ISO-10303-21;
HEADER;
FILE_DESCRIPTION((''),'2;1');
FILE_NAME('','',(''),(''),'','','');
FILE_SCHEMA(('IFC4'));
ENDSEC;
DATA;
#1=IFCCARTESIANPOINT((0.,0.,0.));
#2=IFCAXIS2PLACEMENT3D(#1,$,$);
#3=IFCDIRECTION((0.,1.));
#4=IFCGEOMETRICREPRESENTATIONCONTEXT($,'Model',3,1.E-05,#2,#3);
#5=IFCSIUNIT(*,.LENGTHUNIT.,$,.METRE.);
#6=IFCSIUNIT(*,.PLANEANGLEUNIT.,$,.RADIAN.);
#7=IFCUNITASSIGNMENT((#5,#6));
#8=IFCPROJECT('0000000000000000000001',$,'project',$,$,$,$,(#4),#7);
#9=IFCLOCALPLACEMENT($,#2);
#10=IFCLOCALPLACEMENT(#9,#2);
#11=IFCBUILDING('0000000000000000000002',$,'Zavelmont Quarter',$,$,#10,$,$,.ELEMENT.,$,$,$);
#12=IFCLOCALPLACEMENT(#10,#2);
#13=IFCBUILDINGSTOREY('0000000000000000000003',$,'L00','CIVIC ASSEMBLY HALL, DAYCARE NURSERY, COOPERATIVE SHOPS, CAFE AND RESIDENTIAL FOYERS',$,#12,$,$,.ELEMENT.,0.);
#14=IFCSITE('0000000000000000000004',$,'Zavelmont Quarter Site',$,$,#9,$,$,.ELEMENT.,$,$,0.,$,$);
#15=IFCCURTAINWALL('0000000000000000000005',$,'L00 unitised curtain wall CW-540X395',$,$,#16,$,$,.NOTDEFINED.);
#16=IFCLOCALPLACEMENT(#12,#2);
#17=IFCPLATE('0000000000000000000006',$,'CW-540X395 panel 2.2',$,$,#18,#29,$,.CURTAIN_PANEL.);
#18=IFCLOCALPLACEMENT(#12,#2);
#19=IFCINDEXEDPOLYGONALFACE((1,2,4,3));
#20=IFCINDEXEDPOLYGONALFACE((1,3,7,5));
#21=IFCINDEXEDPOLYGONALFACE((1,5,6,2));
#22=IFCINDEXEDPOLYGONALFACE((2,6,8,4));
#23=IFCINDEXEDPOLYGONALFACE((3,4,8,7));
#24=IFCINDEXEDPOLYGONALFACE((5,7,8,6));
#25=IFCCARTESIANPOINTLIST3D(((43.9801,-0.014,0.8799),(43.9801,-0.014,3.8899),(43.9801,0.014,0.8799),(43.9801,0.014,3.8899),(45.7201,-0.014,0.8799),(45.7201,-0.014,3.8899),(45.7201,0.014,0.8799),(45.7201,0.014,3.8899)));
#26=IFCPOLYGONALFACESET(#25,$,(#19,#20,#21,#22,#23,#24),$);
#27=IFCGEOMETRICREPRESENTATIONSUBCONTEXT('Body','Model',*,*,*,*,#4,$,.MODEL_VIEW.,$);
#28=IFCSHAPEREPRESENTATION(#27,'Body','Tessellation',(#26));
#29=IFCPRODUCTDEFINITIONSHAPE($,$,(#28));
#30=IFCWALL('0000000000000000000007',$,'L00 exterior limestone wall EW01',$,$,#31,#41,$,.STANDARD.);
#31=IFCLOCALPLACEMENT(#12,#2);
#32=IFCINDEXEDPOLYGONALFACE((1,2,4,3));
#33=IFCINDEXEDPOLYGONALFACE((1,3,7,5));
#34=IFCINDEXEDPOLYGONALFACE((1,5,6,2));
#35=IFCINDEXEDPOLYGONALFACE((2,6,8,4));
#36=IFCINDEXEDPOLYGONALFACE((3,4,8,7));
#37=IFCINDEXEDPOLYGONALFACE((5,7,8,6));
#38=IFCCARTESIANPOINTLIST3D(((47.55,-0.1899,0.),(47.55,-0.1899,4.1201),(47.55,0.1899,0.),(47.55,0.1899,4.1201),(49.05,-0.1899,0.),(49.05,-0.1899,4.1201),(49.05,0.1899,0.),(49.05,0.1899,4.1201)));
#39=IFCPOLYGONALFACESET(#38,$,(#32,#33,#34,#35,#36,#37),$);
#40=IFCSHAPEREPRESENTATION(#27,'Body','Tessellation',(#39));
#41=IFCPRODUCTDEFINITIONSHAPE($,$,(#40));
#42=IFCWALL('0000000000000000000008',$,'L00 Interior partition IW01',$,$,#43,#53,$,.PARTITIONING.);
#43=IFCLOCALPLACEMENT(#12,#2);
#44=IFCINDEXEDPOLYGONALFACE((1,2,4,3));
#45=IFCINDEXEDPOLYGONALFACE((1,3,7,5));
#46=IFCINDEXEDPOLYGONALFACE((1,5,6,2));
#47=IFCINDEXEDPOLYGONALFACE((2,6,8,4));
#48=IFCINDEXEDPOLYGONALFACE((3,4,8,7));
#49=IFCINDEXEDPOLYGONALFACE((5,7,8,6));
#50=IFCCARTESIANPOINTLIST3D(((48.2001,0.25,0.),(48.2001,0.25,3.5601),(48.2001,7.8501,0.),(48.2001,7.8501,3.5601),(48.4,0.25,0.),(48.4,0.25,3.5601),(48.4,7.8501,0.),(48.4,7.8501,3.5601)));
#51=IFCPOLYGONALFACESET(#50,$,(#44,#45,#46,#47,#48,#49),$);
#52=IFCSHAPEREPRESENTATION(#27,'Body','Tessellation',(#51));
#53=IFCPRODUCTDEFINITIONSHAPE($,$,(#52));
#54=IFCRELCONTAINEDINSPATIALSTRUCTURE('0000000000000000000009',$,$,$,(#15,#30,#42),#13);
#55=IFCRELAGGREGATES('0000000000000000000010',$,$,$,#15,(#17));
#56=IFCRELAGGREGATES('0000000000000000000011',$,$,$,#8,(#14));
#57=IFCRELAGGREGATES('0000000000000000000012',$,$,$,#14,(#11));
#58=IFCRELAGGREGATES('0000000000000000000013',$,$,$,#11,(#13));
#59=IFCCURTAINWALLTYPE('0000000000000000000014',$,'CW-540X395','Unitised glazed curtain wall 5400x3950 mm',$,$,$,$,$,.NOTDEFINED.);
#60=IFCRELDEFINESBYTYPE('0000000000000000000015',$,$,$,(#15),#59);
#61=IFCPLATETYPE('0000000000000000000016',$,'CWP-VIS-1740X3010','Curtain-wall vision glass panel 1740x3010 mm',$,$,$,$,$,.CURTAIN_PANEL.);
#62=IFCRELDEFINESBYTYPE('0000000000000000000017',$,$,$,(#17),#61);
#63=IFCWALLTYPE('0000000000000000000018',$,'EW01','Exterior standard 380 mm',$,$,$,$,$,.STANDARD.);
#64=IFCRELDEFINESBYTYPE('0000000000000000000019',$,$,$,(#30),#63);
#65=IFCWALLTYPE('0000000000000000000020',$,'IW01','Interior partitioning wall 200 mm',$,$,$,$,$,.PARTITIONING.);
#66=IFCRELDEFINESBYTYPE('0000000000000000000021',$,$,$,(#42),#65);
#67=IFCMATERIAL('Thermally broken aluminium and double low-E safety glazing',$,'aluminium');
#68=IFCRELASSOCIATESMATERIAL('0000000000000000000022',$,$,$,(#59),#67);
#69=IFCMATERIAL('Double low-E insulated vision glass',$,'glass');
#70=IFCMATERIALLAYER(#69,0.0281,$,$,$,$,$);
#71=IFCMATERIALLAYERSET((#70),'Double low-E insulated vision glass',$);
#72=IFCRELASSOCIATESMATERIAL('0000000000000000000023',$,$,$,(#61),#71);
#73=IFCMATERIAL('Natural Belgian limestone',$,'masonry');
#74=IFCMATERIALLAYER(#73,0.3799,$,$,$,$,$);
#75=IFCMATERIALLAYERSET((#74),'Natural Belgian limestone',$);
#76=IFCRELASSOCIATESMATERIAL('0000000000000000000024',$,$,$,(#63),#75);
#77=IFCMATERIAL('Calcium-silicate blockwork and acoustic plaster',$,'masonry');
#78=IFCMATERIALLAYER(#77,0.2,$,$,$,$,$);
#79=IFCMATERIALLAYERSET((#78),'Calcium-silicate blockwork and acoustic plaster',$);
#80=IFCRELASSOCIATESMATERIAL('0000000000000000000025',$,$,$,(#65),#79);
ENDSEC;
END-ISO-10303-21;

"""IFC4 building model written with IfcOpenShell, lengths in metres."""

from ifc_helpers import new_model, si_unit, direction, frame, frame_2d, origin, origin_2d, place, context, subcontext, project, spatial, rectangle, extrude, material, layer, layer_set, type_object, element, aggregate, save


model = new_model("IFC4")

# Units and contexts
model_context = context("Model", 3, precision=1e-05, world=origin(), true_north=direction((0.0, 1.0)))
body_context = subcontext(model_context, "Body", "Model", "MODEL_VIEW")
ifc_project = project(units=[si_unit("LENGTHUNIT", "METRE"), si_unit("PLANEANGLEUNIT", "RADIAN")], contexts=[model_context])

# Site, building, storey
site_placement = place(None, origin())
site = spatial("IfcSite", under=ifc_project, at=site_placement, Name="Zavelmont Quarter Site", CompositionType="ELEMENT", RefElevation=0.0)
building_placement = place(site_placement, origin())
building = spatial("IfcBuilding", under=site, at=building_placement, Name="Zavelmont Quarter", CompositionType="ELEMENT")
storey_placement = place(building_placement, origin())
storey = spatial("IfcBuildingStorey", under=building, at=storey_placement, Name="L00", Description="CIVIC ASSEMBLY HALL, DAYCARE NURSERY, COOPERATIVE SHOPS, CAFE AND RESIDENTIAL FOYERS", CompositionType="ELEMENT", Elevation=0.0)

# Curtain wall
ifc_material_1 = material(Name="Thermally broken aluminium and double low-E safety glazing", Category="aluminium")
curtain_wall_type = type_object("IfcCurtainWallType", Name="CW-540X395", Description="Unitised glazed curtain wall 5400x3950 mm", PredefinedType="NOTDEFINED", material=ifc_material_1)
curtain_wall_placement = place(storey_placement, origin())
curtain_wall = element("IfcCurtainWall", 1, at=curtain_wall_placement, inside=storey, type_object=curtain_wall_type, Name="L00 unitised curtain wall CW-540X395", PredefinedType="NOTDEFINED")

# Plate
ifc_material_2 = material(Name="Double low-E insulated vision glass", Category="glass")
ifc_layer_1 = layer(ifc_material_2, 0.0281)
ifc_layer_set_1 = layer_set([ifc_layer_1], Name="Double low-E insulated vision glass")
plate_type_1 = type_object("IfcPlateType", Name="CWP-VIS-1740X3010", Description="Curtain-wall vision glass panel 1740x3010 mm", PredefinedType="CURTAIN_PANEL", material=ifc_layer_set_1)
plate_1_placement = place(storey_placement, frame((44.8501, 0.0, 0.8799), z_axis=(0.0, 0.0, 1.0), x_axis=(1.0, 0.0, 0.0)))
plate_1 = element("IfcPlate", 2, at=plate_1_placement, type_object=plate_type_1, Name="CW-540X395 panel 2.2", PredefinedType="CURTAIN_PANEL", context=body_context, shape_type="SweptSolid", body=[
    extrude(rectangle(XDim=1.74, YDim=0.0281, at=origin_2d()), origin(), (0.0, 0.0, 1.0), 3.01),
])
aggregate(curtain_wall, [plate_1])

# Walls
ifc_material_3 = material(Name="Natural Belgian limestone", Category="masonry")
ifc_layer_2 = layer(ifc_material_3, 0.3799)
ifc_layer_set_2 = layer_set([ifc_layer_2], Name="Natural Belgian limestone")
wall_type_1 = type_object("IfcWallType", Name="EW01", Description="Exterior standard 380 mm", PredefinedType="STANDARD", material=ifc_layer_set_2)
wall_1_placement = place(storey_placement, frame((47.55, 0.0, 0.0), z_axis=(0.0, 0.0, 1.0), x_axis=(1.0, 0.0, 0.0)))
element("IfcWall", 3, at=wall_1_placement, inside=storey, type_object=wall_type_1, Name="L00 exterior limestone wall EW01", PredefinedType="STANDARD", context=body_context, shape_type="SweptSolid", body=[
    extrude(rectangle(XDim=1.5, YDim=0.3799, at=frame_2d((0.75, 0.0))), origin(), (0.0, 0.0, 1.0), 4.1201),
])
ifc_material_4 = material(Name="Calcium-silicate blockwork and acoustic plaster", Category="masonry")
ifc_layer_3 = layer(ifc_material_4, 0.2)
ifc_layer_set_3 = layer_set([ifc_layer_3], Name="Calcium-silicate blockwork and acoustic plaster")
wall_type_2 = type_object("IfcWallType", Name="IW01", Description="Interior partitioning wall 200 mm", PredefinedType="PARTITIONING", material=ifc_layer_set_3)
wall_2_placement = place(storey_placement, frame((48.3, 0.25, 0.0), z_axis=(0.0, 0.0, 1.0), x_axis=(0.0, 1.0, 0.0)))
element("IfcWall", 4, at=wall_2_placement, inside=storey, type_object=wall_type_2, Name="L00 Interior partition IW01", PredefinedType="PARTITIONING", context=body_context, shape_type="SweptSolid", body=[
    extrude(rectangle(XDim=7.6001, YDim=0.2, at=frame_2d((3.8, 0.0))), origin(), (0.0, 0.0, 1.0), 3.5601),
])

save(model, "model.ifc")
